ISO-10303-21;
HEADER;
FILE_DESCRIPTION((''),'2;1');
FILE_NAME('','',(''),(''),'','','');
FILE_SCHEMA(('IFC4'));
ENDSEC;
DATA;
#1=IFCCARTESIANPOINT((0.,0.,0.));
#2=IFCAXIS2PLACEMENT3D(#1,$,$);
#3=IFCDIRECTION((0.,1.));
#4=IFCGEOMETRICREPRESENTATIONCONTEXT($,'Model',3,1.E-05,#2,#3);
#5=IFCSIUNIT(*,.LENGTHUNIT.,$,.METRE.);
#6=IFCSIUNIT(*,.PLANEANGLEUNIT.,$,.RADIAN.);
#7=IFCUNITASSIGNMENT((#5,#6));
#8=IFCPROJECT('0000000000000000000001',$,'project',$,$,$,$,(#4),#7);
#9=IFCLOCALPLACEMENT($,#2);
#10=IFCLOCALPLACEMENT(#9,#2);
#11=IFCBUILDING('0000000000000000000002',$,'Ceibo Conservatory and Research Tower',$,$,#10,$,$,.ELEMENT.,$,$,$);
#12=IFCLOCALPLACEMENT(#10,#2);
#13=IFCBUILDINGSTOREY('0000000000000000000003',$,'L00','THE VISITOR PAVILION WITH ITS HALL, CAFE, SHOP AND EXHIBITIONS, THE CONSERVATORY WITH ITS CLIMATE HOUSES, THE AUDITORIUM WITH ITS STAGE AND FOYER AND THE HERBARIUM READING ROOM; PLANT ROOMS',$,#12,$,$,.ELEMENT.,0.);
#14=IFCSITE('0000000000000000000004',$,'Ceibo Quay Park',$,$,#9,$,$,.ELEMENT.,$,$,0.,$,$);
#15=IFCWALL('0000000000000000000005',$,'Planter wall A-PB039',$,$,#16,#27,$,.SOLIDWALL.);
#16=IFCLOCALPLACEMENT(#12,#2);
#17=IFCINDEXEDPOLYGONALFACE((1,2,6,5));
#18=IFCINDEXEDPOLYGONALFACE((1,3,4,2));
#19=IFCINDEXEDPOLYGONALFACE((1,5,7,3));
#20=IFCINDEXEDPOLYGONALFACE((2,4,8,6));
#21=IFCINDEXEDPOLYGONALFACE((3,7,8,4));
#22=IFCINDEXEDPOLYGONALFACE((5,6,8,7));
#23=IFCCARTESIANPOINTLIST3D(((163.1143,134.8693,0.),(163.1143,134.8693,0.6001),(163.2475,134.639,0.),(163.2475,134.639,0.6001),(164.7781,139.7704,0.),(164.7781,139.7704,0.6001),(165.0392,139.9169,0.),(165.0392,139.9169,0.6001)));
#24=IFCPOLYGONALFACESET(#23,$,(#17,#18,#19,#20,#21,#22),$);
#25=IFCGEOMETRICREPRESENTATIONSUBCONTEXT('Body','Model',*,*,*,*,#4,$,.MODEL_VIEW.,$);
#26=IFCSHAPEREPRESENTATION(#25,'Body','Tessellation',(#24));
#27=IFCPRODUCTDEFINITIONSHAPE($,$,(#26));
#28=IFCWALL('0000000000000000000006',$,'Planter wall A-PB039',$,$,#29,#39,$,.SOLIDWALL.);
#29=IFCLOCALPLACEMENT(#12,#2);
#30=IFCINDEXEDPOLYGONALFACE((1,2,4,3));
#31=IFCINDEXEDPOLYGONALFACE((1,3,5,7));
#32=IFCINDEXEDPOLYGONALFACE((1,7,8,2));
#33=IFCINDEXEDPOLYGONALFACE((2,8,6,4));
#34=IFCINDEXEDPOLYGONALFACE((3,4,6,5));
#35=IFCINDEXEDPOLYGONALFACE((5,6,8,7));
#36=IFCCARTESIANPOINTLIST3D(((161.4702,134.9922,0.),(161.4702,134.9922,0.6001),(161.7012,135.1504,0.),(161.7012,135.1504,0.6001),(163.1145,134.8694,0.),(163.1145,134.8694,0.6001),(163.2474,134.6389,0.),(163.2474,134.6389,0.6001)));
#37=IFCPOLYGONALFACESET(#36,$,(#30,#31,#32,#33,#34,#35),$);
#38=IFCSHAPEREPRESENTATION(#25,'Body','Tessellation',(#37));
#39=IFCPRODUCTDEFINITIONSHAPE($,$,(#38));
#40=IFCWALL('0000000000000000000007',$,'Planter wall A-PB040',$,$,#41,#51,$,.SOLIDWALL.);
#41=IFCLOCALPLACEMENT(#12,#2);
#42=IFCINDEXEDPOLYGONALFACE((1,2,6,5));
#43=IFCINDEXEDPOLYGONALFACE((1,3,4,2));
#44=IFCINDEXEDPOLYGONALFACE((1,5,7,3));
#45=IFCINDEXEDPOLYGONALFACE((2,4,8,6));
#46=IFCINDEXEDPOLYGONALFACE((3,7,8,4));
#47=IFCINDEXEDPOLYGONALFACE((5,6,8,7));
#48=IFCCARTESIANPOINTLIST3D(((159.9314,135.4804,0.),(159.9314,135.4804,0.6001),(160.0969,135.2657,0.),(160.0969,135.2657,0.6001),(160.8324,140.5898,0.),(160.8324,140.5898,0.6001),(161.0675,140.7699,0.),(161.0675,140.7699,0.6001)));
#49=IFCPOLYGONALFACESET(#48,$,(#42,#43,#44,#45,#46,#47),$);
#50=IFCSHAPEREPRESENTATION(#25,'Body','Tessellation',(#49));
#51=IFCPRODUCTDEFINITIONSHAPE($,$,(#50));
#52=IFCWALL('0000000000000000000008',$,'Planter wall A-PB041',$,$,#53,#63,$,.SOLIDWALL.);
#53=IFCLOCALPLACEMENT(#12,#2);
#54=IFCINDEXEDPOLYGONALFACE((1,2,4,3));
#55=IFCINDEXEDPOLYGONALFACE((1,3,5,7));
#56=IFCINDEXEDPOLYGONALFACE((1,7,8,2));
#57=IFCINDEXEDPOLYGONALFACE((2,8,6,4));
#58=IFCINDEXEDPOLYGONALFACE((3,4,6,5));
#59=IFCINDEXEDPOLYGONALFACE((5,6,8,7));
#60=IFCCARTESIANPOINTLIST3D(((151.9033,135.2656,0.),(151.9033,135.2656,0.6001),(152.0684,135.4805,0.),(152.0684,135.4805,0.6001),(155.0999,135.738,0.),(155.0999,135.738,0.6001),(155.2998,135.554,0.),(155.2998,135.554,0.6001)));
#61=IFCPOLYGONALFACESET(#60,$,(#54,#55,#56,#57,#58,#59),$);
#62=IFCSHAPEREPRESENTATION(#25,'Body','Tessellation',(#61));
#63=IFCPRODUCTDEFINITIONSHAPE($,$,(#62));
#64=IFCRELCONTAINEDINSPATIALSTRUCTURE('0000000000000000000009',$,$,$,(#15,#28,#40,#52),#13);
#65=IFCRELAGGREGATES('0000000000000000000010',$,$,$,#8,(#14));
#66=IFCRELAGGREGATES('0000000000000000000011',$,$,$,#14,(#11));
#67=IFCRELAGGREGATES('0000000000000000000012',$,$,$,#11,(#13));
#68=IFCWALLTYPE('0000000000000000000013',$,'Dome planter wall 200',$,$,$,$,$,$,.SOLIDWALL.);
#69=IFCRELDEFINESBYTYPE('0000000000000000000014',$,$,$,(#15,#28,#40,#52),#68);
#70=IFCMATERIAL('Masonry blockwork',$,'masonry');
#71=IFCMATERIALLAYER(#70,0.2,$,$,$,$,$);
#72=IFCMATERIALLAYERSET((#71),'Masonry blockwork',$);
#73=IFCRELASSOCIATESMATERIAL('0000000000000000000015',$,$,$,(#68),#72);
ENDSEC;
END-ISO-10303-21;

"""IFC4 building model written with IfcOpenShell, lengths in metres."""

from ifc_helpers import new_model, si_unit, direction, frame, origin, place, context, subcontext, project, spatial, polyline, outline, extrude, material, layer, layer_set, type_object, element, save


model = new_model("IFC4")

# Units and contexts
model_context = context("Model", 3, precision=1e-05, world=origin(), true_north=direction((0.0, 1.0)))
body_context = subcontext(model_context, "Body", "Model", "MODEL_VIEW")
ifc_project = project(units=[si_unit("LENGTHUNIT", "METRE"), si_unit("PLANEANGLEUNIT", "RADIAN")], contexts=[model_context])

# Site, building, storey
site_placement = place(None, origin())
site = spatial("IfcSite", under=ifc_project, at=site_placement, Name="Ceibo Quay Park", CompositionType="ELEMENT", RefElevation=0.0)
building_placement = place(site_placement, origin())
building = spatial("IfcBuilding", under=site, at=building_placement, Name="Ceibo Conservatory and Research Tower", CompositionType="ELEMENT")
storey_placement = place(building_placement, origin())
storey = spatial("IfcBuildingStorey", under=building, at=storey_placement, Name="L00", Description="THE VISITOR PAVILION WITH ITS HALL, CAFE, SHOP AND EXHIBITIONS, THE CONSERVATORY WITH ITS CLIMATE HOUSES, THE AUDITORIUM WITH ITS STAGE AND FOYER AND THE HERBARIUM READING ROOM; PLANT ROOMS", CompositionType="ELEMENT", Elevation=0.0)

# Walls
ifc_material_1 = material(Name="Masonry blockwork", Category="masonry")
ifc_layer_1 = layer(ifc_material_1, 0.2)
ifc_layer_set_1 = layer_set([ifc_layer_1], Name="Masonry blockwork")
wall_type_1 = type_object("IfcWallType", Name="Dome planter wall 200", PredefinedType="SOLIDWALL", material=ifc_layer_set_1)
wall_1_placement = place(storey_placement, frame((163.1809, 134.7542, 0.0), z_axis=(0.0, 0.0, 1.0), x_axis=(0.321456, 0.946925, 0.0)))
element("IfcWall", 1, at=wall_1_placement, inside=storey, type_object=wall_type_1, Name="Planter wall A-PB039", PredefinedType="SOLIDWALL", context=body_context, shape_type="SweptSolid", body=[
    extrude(outline(polyline([(-0.0876, -0.1001), (5.4861, -0.1001), (5.2634, 0.1001), (0.0876, 0.1001), (-0.0876, -0.1001)])), origin(), (0.0, 0.0, 1.0), 0.6001),
])
wall_2_placement = place(storey_placement, frame((161.5857, 135.0713, 0.0), z_axis=(0.0, 0.0, 1.0), x_axis=(0.980805, -0.19499, 0.0)))
element("IfcWall", 2, at=wall_2_placement, inside=storey, type_object=wall_type_1, Name="Planter wall A-PB039", PredefinedType="SOLIDWALL", context=body_context, shape_type="SweptSolid", body=[
    extrude(outline(polyline([(-0.0979, -0.1001), (1.7141, -0.1001), (1.5388, 0.1001), (0.0979, 0.1001), (-0.0979, -0.1001)])), origin(), (0.0, 0.0, 1.0), 0.6001),
])
wall_3_placement = place(storey_placement, frame((160.0142, 135.373, 0.0), z_axis=(0.0, 0.0, 1.0), x_axis=(0.173656, 0.984806, 0.0)))
element("IfcWall", 3, at=wall_3_placement, inside=storey, type_object=wall_type_1, Name="Planter wall A-PB040", PredefinedType="SOLIDWALL", context=body_context, shape_type="SweptSolid", body=[
    extrude(outline(polyline([(-0.0913, -0.1001), (5.4978, -0.1001), (5.2795, 0.1001), (0.0913, 0.1001), (-0.0913, -0.1001)])), origin(), (0.0, 0.0, 1.0), 0.6001),
])
wall_4_placement = place(storey_placement, frame((151.9858, 135.373, 0.0), z_axis=(0.0, 0.0, 1.0), x_axis=(0.996414, 0.084618, 0.0)))
element("IfcWall", 4, at=wall_4_placement, inside=storey, type_object=wall_type_1, Name="Planter wall A-PB041", PredefinedType="SOLIDWALL", context=body_context, shape_type="SweptSolid", body=[
    extrude(outline(polyline([(-0.0913, -0.1001), (3.3174, -0.1001), (3.1338, 0.1001), (0.0913, 0.1001), (-0.0913, -0.1001)])), origin(), (0.0, 0.0, 1.0), 0.6001),
])

save(model, "model.ifc")
